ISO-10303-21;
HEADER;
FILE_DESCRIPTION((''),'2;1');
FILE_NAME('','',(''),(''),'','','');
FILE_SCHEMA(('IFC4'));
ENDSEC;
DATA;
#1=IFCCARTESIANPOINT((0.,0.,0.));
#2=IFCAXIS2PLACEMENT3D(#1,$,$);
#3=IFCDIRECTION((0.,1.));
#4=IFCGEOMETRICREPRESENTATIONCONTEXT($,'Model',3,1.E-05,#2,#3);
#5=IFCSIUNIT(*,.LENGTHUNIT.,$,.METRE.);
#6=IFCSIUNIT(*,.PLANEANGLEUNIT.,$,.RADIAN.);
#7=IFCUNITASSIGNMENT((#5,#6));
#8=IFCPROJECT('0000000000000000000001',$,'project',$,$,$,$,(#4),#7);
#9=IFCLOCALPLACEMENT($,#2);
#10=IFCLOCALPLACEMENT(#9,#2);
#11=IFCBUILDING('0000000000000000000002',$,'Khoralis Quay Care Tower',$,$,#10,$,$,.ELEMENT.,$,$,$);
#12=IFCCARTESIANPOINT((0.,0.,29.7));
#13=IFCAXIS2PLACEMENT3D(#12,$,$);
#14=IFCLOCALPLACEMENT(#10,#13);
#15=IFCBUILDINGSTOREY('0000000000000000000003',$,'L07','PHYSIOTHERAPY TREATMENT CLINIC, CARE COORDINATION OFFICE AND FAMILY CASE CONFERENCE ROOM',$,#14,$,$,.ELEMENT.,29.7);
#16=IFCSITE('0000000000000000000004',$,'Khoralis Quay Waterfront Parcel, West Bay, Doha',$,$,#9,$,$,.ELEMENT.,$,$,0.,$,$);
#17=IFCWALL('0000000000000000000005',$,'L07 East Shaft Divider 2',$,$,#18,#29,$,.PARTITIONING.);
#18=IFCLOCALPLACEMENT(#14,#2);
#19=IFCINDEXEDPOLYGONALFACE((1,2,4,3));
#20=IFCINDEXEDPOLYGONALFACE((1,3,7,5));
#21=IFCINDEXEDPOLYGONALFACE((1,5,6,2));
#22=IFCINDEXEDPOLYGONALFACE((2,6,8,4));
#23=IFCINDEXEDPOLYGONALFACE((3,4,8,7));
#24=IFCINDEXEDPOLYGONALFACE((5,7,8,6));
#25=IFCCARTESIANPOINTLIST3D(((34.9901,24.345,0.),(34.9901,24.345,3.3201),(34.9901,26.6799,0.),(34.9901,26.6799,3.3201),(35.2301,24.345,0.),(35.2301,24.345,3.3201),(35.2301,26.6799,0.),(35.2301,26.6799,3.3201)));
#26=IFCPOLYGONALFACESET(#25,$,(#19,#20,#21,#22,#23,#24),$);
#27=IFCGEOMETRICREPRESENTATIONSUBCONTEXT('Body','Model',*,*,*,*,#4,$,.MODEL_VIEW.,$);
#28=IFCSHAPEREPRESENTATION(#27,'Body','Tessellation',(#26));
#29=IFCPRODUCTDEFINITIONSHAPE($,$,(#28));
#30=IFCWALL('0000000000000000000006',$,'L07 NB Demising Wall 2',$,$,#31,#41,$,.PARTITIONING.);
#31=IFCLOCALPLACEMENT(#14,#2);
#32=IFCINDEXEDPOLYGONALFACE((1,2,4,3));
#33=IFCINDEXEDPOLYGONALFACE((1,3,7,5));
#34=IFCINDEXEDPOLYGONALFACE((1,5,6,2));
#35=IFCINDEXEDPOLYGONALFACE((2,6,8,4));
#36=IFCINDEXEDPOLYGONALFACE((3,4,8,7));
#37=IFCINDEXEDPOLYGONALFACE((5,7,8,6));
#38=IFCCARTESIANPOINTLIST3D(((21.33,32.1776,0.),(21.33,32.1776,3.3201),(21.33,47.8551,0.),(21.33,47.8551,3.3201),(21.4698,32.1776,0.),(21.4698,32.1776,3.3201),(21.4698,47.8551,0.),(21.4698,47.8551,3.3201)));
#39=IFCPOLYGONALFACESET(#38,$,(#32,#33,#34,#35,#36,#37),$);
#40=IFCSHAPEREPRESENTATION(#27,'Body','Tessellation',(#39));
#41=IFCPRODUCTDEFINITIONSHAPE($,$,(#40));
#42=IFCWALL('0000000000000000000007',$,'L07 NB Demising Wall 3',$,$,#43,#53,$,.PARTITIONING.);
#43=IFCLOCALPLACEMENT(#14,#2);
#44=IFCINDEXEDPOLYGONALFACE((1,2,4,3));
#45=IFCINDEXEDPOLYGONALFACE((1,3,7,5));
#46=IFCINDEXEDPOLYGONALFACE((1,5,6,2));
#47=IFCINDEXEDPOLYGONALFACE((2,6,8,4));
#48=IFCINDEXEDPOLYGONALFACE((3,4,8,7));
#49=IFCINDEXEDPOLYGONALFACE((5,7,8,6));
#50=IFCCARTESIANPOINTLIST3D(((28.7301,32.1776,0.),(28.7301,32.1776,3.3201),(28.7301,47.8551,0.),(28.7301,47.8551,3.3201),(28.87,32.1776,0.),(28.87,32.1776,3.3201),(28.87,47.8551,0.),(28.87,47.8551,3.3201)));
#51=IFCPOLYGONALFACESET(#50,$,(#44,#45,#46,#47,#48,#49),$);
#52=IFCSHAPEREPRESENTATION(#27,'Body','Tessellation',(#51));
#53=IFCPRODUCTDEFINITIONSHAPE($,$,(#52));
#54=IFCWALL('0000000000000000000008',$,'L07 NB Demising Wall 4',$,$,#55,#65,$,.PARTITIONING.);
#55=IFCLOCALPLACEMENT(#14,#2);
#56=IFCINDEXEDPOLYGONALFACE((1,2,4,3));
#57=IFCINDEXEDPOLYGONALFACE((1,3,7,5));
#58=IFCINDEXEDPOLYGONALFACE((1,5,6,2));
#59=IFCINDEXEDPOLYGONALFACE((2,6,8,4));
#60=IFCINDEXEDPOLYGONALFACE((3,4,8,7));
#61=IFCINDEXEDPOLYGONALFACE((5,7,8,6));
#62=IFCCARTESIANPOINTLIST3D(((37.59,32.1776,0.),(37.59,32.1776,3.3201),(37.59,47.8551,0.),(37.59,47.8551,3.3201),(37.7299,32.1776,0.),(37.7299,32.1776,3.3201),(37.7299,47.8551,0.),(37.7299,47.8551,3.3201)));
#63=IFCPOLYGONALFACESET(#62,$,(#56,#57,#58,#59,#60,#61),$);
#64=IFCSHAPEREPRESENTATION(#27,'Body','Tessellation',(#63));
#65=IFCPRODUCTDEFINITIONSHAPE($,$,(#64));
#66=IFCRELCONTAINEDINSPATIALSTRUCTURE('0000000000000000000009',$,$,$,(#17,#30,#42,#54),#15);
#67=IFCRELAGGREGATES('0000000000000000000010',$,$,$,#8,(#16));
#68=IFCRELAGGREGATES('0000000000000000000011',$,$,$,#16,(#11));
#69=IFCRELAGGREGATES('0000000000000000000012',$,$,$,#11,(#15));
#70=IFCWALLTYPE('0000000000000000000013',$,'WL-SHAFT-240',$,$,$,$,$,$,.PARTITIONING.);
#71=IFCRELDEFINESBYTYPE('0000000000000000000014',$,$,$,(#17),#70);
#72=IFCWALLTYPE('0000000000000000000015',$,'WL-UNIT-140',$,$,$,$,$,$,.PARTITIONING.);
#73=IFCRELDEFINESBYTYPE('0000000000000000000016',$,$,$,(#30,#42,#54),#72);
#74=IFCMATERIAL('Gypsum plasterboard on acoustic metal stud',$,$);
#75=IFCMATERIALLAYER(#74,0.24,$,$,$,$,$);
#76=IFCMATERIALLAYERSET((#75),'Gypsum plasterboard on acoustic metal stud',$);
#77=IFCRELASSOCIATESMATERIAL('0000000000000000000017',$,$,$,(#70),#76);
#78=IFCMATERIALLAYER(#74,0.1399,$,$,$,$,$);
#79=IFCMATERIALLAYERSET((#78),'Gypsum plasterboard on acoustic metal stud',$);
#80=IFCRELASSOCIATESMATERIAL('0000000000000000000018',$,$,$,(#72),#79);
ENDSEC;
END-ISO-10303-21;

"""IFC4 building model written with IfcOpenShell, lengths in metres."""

from ifc_helpers import new_model, si_unit, direction, frame, frame_2d, origin, place, context, subcontext, project, spatial, rectangle, extrude, material, layer, layer_set, type_object, element, save


model = new_model("IFC4")

# Units and contexts
model_context = context("Model", 3, precision=1e-05, world=origin(), true_north=direction((0.0, 1.0)))
body_context = subcontext(model_context, "Body", "Model", "MODEL_VIEW")
ifc_project = project(units=[si_unit("LENGTHUNIT", "METRE"), si_unit("PLANEANGLEUNIT", "RADIAN")], contexts=[model_context])

# Site, building, storey
site_placement = place(None, origin())
site = spatial("IfcSite", under=ifc_project, at=site_placement, Name="Khoralis Quay Waterfront Parcel, West Bay, Doha", CompositionType="ELEMENT", RefElevation=0.0)
building_placement = place(site_placement, origin())
building = spatial("IfcBuilding", under=site, at=building_placement, Name="Khoralis Quay Care Tower", CompositionType="ELEMENT")
storey_placement = place(building_placement, frame((0.0, 0.0, 29.7)))
storey = spatial("IfcBuildingStorey", under=building, at=storey_placement, Name="L07", Description="PHYSIOTHERAPY TREATMENT CLINIC, CARE COORDINATION OFFICE AND FAMILY CASE CONFERENCE ROOM", CompositionType="ELEMENT", Elevation=29.7)

# Shared definitions
ifc_material_1 = material(Name="Gypsum plasterboard on acoustic metal stud")

# Walls
ifc_layer_1 = layer(ifc_material_1, 0.24)
ifc_layer_set_1 = layer_set([ifc_layer_1], Name="Gypsum plasterboard on acoustic metal stud")
wall_type_1 = type_object("IfcWallType", Name="WL-SHAFT-240", PredefinedType="PARTITIONING", material=ifc_layer_set_1)
for number, where, z_axis, x_axis, name in (
    (1, (35.1101, 24.345, 0.0), (0.0, 0.0, 1.0), (0.0, 1.0, 0.0), "L07 East Shaft Divider 2"),
):
    element("IfcWall", number, at=place(storey_placement, frame(where, z_axis=z_axis, x_axis=x_axis)), inside=storey, type_object=wall_type_1, Name=name, PredefinedType="PARTITIONING", context=body_context, shape_type="SweptSolid", body=[
        extrude(rectangle(XDim=2.335, YDim=0.24, at=frame_2d((1.1675, 0.0))), origin(), (0.0, 0.0, 1.0), 3.3201),
    ])
ifc_layer_2 = layer(ifc_material_1, 0.1399)
ifc_layer_set_2 = layer_set([ifc_layer_2], Name="Gypsum plasterboard on acoustic metal stud")
wall_type_2 = type_object("IfcWallType", Name="WL-UNIT-140", PredefinedType="PARTITIONING", material=ifc_layer_set_2)
for number, where, z_axis, x_axis, name in (
    (2, (21.3999, 32.1775, 0.0), (0.0, 0.0, 1.0), (0.0, 1.0, 0.0), "L07 NB Demising Wall 2"),
    (3, (28.8, 32.1775, 0.0), (0.0, 0.0, 1.0), (0.0, 1.0, 0.0), "L07 NB Demising Wall 3"),
    (4, (37.6599, 32.1775, 0.0), (0.0, 0.0, 1.0), (0.0, 1.0, 0.0), "L07 NB Demising Wall 4"),
):
    element("IfcWall", number, at=place(storey_placement, frame(where, z_axis=z_axis, x_axis=x_axis)), inside=storey, type_object=wall_type_2, Name=name, PredefinedType="PARTITIONING", context=body_context, shape_type="SweptSolid", body=[
        extrude(rectangle(XDim=15.6775, YDim=0.1399, at=frame_2d((7.8389, 0.0))), origin(), (0.0, 0.0, 1.0), 3.3201),
    ])

save(model, "model.ifc")
